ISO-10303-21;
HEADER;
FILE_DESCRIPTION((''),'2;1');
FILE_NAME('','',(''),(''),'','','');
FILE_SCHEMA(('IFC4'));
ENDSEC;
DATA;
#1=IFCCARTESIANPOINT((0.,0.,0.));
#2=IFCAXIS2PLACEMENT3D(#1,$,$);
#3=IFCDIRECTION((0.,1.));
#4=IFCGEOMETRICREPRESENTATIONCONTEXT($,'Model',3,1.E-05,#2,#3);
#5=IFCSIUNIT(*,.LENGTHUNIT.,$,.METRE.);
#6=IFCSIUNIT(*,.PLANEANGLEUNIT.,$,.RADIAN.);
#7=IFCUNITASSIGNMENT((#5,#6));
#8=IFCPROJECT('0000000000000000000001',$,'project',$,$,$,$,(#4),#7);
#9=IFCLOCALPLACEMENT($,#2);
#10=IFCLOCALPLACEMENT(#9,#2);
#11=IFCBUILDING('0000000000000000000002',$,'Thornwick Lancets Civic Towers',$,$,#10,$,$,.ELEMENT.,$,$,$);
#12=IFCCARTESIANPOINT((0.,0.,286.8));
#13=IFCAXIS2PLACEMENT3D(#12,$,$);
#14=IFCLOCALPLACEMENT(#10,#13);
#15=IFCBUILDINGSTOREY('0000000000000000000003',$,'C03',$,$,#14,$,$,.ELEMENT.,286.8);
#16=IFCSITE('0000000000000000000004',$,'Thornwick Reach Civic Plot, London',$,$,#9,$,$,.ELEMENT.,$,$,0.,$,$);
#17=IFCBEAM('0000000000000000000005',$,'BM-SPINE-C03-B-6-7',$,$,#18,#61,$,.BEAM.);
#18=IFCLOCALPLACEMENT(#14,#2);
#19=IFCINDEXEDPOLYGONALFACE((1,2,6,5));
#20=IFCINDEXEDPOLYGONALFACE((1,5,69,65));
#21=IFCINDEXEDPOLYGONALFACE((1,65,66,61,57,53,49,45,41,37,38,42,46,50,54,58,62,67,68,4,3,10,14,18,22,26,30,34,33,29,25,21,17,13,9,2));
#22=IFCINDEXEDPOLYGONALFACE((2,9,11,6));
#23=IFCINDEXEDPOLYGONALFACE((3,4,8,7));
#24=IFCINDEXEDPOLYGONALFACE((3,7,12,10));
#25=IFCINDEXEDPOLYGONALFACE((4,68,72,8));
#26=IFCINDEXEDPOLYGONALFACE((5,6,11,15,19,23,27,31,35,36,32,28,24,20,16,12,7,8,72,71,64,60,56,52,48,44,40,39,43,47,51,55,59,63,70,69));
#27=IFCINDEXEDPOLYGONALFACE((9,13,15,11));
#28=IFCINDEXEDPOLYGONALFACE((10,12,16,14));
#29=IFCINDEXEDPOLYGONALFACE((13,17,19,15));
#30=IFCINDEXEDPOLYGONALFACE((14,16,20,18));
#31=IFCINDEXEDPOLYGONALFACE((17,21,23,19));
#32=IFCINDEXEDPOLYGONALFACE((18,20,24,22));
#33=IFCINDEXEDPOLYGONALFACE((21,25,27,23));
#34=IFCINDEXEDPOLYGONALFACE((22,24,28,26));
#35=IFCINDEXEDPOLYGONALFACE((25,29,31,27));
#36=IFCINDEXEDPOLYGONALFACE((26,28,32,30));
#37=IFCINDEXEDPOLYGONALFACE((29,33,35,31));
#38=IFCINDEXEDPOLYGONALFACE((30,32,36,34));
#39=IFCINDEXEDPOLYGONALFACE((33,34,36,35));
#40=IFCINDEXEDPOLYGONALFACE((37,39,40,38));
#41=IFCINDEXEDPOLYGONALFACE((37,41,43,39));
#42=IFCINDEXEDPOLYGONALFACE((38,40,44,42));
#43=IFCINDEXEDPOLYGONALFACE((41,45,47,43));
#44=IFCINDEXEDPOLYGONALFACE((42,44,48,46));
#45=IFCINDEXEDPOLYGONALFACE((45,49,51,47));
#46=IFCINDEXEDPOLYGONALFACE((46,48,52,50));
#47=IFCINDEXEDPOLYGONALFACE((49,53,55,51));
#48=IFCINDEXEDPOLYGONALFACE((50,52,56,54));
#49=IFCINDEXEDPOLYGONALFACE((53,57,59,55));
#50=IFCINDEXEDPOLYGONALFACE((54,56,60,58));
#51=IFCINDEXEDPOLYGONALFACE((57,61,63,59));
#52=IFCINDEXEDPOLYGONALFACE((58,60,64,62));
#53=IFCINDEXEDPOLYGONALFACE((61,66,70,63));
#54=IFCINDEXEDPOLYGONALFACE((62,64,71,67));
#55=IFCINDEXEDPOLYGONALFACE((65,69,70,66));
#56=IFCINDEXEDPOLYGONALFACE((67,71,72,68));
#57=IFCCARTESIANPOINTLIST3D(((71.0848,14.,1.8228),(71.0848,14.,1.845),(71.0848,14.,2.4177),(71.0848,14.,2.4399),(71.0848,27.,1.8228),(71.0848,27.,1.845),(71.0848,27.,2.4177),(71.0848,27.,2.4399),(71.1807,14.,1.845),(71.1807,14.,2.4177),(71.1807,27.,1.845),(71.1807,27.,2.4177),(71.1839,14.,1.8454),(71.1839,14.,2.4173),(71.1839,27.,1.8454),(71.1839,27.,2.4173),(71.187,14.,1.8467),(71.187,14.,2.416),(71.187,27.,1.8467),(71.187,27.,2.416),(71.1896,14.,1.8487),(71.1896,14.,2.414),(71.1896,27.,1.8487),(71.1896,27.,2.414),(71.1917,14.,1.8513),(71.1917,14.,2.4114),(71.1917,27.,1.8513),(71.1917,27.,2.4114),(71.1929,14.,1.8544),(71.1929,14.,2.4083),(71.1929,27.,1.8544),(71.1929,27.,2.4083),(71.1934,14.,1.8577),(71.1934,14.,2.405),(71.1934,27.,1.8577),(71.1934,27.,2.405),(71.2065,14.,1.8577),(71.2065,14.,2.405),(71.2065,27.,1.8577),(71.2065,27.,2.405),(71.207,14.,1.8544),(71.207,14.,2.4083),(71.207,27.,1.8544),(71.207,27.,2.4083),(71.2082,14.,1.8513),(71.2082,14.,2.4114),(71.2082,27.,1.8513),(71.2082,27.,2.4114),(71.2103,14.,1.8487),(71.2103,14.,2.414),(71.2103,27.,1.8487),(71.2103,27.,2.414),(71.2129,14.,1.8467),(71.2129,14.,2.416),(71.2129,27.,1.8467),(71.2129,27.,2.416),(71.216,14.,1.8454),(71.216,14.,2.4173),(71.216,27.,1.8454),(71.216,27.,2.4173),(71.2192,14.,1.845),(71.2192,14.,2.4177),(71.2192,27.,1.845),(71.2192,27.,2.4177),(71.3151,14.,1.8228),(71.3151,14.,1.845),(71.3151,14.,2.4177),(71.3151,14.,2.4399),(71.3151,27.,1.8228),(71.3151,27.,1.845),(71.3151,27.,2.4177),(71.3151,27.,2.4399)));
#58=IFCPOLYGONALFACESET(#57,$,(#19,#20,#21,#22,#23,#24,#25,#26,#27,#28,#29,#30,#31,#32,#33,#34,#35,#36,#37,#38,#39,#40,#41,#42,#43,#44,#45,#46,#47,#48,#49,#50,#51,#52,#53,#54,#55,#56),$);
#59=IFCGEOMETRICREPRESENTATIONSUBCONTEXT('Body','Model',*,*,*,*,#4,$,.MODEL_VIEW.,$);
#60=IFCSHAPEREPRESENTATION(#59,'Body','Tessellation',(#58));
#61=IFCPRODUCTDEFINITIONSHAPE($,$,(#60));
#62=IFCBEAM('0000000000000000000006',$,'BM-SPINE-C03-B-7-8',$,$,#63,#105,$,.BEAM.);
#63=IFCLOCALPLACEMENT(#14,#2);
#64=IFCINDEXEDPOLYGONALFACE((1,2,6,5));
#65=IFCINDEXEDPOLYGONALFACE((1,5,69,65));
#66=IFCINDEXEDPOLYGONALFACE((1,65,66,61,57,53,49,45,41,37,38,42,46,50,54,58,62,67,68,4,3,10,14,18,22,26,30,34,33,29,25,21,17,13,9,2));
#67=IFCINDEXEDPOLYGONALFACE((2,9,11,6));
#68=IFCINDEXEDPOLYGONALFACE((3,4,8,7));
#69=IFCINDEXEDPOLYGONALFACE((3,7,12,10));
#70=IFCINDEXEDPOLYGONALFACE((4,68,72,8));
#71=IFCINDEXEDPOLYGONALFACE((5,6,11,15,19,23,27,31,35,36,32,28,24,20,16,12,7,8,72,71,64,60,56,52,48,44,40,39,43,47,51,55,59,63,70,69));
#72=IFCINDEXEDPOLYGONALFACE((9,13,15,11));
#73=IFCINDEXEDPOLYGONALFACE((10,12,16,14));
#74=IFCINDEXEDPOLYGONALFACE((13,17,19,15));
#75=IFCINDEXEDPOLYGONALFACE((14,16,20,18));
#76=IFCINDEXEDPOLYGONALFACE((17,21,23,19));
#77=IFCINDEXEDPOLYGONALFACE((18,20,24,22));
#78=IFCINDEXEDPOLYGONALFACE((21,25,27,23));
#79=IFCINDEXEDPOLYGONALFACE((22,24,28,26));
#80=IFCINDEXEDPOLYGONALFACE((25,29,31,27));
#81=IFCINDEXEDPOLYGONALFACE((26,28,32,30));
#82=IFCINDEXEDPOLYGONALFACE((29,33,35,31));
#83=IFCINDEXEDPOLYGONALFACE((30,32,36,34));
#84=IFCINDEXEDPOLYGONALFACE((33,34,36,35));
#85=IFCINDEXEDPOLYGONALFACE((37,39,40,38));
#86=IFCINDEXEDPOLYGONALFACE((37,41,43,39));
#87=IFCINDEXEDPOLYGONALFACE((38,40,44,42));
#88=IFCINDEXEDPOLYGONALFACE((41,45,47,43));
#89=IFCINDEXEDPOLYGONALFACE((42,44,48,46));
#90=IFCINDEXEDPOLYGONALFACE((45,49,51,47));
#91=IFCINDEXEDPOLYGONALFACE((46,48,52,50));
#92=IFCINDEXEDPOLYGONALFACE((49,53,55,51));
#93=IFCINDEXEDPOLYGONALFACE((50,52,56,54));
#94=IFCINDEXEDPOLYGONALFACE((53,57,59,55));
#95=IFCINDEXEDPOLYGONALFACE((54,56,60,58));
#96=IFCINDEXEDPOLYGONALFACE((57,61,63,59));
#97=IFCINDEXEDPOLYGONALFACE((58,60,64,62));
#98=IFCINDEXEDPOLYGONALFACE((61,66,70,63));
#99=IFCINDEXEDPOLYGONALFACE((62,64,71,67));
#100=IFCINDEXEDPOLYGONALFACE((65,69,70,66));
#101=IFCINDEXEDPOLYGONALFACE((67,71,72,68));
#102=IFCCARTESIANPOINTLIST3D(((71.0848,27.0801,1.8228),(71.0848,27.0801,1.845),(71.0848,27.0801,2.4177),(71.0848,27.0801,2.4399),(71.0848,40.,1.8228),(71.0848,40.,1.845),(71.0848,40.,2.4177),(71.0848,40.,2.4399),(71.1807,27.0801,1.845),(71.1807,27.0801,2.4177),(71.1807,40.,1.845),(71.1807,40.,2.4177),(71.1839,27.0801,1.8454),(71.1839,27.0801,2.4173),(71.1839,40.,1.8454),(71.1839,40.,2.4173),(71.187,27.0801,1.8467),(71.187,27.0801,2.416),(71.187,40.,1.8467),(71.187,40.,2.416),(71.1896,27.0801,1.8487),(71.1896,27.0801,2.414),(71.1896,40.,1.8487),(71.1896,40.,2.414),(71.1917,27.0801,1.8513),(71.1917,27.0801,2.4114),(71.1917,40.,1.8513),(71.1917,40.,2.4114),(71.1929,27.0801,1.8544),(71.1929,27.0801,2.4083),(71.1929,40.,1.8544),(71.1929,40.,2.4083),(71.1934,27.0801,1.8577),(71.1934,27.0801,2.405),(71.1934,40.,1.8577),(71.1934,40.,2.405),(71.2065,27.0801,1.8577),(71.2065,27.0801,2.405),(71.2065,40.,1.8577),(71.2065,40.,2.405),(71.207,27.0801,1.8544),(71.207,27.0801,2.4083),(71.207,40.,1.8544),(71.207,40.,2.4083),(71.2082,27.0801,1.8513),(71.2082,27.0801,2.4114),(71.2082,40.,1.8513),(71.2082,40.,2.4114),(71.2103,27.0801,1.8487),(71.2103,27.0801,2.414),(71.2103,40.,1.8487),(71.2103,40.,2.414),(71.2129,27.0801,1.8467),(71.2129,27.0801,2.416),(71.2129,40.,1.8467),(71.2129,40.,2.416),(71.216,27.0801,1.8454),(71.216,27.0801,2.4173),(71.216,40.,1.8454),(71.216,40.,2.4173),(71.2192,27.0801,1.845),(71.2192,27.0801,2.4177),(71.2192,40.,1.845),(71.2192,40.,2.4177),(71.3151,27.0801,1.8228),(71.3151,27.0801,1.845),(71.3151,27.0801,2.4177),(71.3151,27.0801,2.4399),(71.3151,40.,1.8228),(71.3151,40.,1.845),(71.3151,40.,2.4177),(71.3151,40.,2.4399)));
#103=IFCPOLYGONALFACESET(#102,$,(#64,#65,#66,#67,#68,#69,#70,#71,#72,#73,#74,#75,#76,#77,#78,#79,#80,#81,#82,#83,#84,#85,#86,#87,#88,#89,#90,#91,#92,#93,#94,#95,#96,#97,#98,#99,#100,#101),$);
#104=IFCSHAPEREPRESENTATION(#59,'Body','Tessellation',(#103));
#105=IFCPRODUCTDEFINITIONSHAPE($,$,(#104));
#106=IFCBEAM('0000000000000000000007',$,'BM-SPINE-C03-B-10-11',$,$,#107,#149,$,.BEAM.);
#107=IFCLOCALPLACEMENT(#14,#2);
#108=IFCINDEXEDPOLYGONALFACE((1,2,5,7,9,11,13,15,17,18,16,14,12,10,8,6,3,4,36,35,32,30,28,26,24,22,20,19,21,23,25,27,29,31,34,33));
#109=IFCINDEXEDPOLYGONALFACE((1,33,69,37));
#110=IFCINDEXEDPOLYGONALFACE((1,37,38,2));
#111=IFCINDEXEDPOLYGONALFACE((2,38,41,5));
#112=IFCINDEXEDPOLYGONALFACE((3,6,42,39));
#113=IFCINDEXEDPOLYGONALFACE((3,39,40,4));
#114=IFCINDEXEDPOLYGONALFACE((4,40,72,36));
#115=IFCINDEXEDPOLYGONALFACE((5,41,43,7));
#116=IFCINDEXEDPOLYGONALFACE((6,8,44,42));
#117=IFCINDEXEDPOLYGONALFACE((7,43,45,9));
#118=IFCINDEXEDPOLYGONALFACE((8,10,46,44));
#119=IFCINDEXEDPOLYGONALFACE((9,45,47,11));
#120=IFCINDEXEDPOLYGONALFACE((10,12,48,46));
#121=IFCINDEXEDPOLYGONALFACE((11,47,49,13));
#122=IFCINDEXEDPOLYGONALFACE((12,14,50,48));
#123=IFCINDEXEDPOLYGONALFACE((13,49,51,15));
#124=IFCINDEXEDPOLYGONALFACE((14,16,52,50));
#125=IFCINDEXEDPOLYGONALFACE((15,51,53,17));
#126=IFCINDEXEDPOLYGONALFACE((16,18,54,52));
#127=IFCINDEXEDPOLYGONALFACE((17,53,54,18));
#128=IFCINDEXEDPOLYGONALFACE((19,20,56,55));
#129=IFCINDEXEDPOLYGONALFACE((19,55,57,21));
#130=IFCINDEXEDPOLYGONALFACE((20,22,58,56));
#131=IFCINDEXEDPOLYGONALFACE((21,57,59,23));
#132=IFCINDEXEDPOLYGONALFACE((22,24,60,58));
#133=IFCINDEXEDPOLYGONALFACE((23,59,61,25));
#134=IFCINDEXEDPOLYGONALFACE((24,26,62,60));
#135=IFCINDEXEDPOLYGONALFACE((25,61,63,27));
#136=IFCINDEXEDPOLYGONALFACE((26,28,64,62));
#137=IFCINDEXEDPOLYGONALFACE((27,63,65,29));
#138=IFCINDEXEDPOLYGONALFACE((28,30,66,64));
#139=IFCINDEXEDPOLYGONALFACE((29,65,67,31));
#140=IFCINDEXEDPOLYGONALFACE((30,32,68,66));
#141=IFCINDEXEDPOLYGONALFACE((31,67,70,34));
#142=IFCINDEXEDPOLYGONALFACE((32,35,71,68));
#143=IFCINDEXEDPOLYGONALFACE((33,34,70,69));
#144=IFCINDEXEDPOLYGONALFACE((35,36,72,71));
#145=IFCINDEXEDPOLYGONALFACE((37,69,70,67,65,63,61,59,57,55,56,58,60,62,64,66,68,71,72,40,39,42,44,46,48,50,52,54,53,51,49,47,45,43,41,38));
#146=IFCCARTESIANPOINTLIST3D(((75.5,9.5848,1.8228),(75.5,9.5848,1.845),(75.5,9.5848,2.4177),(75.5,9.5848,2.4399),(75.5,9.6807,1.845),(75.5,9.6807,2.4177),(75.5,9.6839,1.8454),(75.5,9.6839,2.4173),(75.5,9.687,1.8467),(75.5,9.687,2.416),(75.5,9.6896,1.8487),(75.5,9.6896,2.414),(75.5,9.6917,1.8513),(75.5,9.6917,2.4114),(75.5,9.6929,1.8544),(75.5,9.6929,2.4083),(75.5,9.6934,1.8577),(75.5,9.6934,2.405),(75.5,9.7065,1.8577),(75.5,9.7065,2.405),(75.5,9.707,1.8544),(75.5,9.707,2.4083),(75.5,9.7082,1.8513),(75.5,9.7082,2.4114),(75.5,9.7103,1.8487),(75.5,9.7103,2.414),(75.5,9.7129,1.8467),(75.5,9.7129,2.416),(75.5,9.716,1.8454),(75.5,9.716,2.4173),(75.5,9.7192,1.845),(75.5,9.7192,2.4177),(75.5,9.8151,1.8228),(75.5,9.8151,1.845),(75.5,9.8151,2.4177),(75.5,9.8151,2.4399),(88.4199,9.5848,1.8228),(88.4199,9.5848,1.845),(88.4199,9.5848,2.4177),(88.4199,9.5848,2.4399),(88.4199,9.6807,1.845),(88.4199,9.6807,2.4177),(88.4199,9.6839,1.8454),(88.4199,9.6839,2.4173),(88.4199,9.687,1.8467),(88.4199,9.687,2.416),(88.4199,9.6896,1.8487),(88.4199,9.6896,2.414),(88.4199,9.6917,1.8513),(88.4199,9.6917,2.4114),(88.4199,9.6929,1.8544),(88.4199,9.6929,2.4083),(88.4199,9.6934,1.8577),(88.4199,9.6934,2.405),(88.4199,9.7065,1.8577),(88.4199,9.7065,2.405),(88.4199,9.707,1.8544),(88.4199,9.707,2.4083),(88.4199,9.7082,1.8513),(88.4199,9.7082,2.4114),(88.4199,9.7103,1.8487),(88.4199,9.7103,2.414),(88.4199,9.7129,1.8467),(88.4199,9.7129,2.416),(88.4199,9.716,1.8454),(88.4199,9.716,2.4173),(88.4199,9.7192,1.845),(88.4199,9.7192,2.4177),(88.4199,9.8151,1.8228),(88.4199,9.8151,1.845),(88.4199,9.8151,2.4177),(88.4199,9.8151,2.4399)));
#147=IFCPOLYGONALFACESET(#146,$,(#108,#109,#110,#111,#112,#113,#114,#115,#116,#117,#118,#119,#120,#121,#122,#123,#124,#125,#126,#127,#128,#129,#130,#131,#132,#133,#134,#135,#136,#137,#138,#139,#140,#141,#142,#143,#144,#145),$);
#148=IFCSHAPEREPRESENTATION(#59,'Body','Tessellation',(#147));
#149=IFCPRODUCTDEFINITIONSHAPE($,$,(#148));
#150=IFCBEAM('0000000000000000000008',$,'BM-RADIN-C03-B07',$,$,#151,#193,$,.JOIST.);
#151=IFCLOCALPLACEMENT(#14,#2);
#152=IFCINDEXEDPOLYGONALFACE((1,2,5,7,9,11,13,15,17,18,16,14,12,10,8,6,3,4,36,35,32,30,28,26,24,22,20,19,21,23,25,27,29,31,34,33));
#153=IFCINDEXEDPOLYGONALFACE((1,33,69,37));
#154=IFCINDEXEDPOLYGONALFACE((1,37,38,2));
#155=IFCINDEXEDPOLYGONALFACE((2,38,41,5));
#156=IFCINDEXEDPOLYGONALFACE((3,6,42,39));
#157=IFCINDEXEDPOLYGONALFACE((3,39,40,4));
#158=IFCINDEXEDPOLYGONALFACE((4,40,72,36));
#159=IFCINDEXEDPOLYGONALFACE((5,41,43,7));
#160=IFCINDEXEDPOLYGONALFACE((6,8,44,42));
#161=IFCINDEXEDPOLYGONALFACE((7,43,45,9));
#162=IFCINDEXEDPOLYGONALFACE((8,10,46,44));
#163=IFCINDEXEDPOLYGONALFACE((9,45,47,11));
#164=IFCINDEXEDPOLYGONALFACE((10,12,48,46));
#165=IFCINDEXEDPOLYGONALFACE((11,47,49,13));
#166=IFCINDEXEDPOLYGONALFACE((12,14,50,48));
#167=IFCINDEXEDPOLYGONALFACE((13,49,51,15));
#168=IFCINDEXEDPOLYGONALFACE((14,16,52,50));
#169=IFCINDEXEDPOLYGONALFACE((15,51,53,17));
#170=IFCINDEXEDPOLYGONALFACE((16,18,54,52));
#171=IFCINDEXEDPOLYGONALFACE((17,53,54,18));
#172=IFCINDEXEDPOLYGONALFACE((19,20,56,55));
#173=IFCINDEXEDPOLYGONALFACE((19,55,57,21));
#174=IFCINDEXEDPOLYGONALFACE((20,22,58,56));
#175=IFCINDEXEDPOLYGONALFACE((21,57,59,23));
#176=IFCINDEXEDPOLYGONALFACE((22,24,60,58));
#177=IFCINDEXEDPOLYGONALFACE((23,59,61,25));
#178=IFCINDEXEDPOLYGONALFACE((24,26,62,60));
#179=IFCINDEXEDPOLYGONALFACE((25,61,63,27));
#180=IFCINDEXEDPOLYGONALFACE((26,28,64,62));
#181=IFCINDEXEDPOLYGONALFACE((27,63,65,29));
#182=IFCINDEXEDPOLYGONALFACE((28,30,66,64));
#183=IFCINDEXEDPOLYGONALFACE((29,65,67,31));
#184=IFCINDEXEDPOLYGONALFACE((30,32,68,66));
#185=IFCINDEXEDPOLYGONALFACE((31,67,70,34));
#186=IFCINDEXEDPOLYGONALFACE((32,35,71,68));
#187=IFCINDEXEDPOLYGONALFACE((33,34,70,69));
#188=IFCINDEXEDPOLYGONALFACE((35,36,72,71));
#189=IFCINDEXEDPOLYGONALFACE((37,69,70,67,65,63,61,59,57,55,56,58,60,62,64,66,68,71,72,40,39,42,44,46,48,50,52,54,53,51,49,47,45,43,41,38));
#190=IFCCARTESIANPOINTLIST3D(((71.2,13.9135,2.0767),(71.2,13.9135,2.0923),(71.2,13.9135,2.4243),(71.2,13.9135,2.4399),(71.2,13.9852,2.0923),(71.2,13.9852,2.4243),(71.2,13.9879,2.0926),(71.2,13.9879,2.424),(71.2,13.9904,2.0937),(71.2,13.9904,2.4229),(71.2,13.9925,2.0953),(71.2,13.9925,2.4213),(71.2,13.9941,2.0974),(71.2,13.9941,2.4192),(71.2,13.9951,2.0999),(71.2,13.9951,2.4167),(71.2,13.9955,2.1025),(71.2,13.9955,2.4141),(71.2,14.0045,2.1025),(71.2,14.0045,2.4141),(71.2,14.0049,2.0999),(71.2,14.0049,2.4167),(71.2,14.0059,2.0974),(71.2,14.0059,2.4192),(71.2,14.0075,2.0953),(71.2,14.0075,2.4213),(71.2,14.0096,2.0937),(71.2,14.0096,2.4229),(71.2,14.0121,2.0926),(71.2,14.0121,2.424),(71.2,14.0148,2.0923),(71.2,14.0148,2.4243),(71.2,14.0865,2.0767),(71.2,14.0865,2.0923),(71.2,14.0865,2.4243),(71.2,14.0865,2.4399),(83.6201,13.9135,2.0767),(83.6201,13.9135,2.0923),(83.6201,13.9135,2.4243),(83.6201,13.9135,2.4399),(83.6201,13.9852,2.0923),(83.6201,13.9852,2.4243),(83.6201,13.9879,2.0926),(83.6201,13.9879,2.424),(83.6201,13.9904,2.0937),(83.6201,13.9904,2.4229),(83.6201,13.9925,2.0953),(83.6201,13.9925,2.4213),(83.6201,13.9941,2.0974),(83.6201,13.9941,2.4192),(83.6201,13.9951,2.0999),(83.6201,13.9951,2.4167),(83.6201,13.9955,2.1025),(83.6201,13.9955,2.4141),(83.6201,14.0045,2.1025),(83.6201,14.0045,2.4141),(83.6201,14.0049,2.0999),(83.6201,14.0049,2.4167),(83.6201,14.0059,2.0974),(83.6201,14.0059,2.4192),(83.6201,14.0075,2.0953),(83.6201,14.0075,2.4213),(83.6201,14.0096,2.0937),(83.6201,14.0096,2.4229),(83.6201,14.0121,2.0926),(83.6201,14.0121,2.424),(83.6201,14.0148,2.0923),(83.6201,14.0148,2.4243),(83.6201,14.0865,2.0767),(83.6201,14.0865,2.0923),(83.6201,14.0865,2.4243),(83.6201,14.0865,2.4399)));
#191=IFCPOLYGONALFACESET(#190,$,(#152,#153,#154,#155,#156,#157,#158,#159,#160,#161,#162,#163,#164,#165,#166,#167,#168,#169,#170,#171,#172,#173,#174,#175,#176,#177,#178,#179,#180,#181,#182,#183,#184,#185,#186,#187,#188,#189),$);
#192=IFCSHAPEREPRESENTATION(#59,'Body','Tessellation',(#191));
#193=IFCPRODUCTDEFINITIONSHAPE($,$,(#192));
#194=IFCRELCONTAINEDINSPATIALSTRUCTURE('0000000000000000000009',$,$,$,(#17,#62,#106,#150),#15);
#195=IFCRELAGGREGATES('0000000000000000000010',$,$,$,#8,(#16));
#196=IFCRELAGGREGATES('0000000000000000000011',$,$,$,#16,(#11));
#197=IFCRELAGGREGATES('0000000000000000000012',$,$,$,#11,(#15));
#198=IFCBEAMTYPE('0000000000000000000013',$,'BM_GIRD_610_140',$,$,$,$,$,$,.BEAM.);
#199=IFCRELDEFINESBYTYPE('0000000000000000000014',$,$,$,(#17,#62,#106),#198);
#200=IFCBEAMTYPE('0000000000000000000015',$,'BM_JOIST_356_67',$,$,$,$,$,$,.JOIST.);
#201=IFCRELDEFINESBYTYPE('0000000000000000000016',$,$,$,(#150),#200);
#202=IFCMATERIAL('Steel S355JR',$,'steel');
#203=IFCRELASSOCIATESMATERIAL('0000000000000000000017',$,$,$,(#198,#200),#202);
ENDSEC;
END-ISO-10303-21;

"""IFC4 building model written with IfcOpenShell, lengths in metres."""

from ifc_helpers import new_model, si_unit, direction, frame, origin, origin_2d, place, context, subcontext, project, spatial, i_section, extrude, material, material_profile, profile_set, type_object, element, save


model = new_model("IFC4")

# Units and contexts
model_context = context("Model", 3, precision=1e-05, world=origin(), true_north=direction((0.0, 1.0)))
body_context = subcontext(model_context, "Body", "Model", "MODEL_VIEW")
ifc_project = project(units=[si_unit("LENGTHUNIT", "METRE"), si_unit("PLANEANGLEUNIT", "RADIAN")], contexts=[model_context])

# Site, building, storey
site_placement = place(None, origin())
site = spatial("IfcSite", under=ifc_project, at=site_placement, Name="Thornwick Reach Civic Plot, London", CompositionType="ELEMENT", RefElevation=0.0)
building_placement = place(site_placement, origin())
building = spatial("IfcBuilding", under=site, at=building_placement, Name="Thornwick Lancets Civic Towers", CompositionType="ELEMENT")
storey_placement = place(building_placement, frame((0.0, 0.0, 286.8)))
storey = spatial("IfcBuildingStorey", under=building, at=storey_placement, Name="C03", CompositionType="ELEMENT", Elevation=286.8)

# Shared definitions
ifc_material_1 = material(Name="Steel S355JR", Category="steel")

# Beams
ifc_material_profile_1 = material_profile(ifc_material_1, i_section(OverallWidth=0.2302, OverallDepth=0.6172, WebThickness=0.0132, FlangeThickness=0.0222, FilletRadius=0.0127, at=origin_2d()), Name="UKB 610x229x140")
ifc_profile_set_1 = profile_set([ifc_material_profile_1], Name="Steel S355JR")
beam_type_1 = type_object("IfcBeamType", Name="BM_GIRD_610_140", PredefinedType="BEAM", material=ifc_profile_set_1)
beam_1_placement = place(storey_placement, frame((71.2, 14.0, 2.1313), z_axis=(0.0, 1.0, 0.0), x_axis=(-1.0, 0.0, 0.0)))
element("IfcBeam", 1, at=beam_1_placement, inside=storey, type_object=beam_type_1, Name="BM-SPINE-C03-B-6-7", PredefinedType="BEAM", context=body_context, shape_type="SweptSolid", body=[
    extrude(i_section(OverallWidth=0.2302, OverallDepth=0.6172, WebThickness=0.0132, FlangeThickness=0.0222, FilletRadius=0.0127, at=origin_2d()), origin(), (0.0, 0.0, 1.0), 13.0),
])
for number, where, z_axis, x_axis, name in (
    (2, (71.2, 27.0801, 2.1313), (0.0, 1.0, 0.0), (-1.0, 0.0, 0.0), "BM-SPINE-C03-B-7-8"),
    (3, (88.4199, 9.7, 2.1313), (-1.0, 0.0, 0.0), (0.0, -1.0, 0.0), "BM-SPINE-C03-B-10-11"),
):
    element("IfcBeam", number, at=place(storey_placement, frame(where, z_axis=z_axis, x_axis=x_axis)), inside=storey, type_object=beam_type_1, Name=name, PredefinedType="BEAM", context=body_context, shape_type="SweptSolid", body=[
        extrude(i_section(OverallWidth=0.2302, OverallDepth=0.6172, WebThickness=0.0132, FlangeThickness=0.0222, FilletRadius=0.0127, at=origin_2d()), origin(), (0.0, 0.0, 1.0), 12.9199),
    ])
ifc_material_profile_2 = material_profile(ifc_material_1, i_section(OverallWidth=0.1731, OverallDepth=0.3633, WebThickness=0.009, FlangeThickness=0.0156, FilletRadius=0.0103, at=origin_2d()), Name="UKB 356x171x67")
ifc_profile_set_2 = profile_set([ifc_material_profile_2], Name="Steel S355JR")
beam_type_2 = type_object("IfcBeamType", Name="BM_JOIST_356_67", PredefinedType="JOIST", material=ifc_profile_set_2)
beam_2_placement = place(storey_placement, frame((83.6201, 14.0, 2.2583), z_axis=(-1.0, 0.0, 0.0), x_axis=(0.0, -1.0, 0.0)))
element("IfcBeam", 4, at=beam_2_placement, inside=storey, type_object=beam_type_2, Name="BM-RADIN-C03-B07", PredefinedType="JOIST", context=body_context, shape_type="SweptSolid", body=[
    extrude(i_section(OverallWidth=0.1731, OverallDepth=0.3633, WebThickness=0.009, FlangeThickness=0.0156, FilletRadius=0.0103, at=origin_2d()), origin(), (0.0, 0.0, 1.0), 12.4202),
])

save(model, "model.ifc")
